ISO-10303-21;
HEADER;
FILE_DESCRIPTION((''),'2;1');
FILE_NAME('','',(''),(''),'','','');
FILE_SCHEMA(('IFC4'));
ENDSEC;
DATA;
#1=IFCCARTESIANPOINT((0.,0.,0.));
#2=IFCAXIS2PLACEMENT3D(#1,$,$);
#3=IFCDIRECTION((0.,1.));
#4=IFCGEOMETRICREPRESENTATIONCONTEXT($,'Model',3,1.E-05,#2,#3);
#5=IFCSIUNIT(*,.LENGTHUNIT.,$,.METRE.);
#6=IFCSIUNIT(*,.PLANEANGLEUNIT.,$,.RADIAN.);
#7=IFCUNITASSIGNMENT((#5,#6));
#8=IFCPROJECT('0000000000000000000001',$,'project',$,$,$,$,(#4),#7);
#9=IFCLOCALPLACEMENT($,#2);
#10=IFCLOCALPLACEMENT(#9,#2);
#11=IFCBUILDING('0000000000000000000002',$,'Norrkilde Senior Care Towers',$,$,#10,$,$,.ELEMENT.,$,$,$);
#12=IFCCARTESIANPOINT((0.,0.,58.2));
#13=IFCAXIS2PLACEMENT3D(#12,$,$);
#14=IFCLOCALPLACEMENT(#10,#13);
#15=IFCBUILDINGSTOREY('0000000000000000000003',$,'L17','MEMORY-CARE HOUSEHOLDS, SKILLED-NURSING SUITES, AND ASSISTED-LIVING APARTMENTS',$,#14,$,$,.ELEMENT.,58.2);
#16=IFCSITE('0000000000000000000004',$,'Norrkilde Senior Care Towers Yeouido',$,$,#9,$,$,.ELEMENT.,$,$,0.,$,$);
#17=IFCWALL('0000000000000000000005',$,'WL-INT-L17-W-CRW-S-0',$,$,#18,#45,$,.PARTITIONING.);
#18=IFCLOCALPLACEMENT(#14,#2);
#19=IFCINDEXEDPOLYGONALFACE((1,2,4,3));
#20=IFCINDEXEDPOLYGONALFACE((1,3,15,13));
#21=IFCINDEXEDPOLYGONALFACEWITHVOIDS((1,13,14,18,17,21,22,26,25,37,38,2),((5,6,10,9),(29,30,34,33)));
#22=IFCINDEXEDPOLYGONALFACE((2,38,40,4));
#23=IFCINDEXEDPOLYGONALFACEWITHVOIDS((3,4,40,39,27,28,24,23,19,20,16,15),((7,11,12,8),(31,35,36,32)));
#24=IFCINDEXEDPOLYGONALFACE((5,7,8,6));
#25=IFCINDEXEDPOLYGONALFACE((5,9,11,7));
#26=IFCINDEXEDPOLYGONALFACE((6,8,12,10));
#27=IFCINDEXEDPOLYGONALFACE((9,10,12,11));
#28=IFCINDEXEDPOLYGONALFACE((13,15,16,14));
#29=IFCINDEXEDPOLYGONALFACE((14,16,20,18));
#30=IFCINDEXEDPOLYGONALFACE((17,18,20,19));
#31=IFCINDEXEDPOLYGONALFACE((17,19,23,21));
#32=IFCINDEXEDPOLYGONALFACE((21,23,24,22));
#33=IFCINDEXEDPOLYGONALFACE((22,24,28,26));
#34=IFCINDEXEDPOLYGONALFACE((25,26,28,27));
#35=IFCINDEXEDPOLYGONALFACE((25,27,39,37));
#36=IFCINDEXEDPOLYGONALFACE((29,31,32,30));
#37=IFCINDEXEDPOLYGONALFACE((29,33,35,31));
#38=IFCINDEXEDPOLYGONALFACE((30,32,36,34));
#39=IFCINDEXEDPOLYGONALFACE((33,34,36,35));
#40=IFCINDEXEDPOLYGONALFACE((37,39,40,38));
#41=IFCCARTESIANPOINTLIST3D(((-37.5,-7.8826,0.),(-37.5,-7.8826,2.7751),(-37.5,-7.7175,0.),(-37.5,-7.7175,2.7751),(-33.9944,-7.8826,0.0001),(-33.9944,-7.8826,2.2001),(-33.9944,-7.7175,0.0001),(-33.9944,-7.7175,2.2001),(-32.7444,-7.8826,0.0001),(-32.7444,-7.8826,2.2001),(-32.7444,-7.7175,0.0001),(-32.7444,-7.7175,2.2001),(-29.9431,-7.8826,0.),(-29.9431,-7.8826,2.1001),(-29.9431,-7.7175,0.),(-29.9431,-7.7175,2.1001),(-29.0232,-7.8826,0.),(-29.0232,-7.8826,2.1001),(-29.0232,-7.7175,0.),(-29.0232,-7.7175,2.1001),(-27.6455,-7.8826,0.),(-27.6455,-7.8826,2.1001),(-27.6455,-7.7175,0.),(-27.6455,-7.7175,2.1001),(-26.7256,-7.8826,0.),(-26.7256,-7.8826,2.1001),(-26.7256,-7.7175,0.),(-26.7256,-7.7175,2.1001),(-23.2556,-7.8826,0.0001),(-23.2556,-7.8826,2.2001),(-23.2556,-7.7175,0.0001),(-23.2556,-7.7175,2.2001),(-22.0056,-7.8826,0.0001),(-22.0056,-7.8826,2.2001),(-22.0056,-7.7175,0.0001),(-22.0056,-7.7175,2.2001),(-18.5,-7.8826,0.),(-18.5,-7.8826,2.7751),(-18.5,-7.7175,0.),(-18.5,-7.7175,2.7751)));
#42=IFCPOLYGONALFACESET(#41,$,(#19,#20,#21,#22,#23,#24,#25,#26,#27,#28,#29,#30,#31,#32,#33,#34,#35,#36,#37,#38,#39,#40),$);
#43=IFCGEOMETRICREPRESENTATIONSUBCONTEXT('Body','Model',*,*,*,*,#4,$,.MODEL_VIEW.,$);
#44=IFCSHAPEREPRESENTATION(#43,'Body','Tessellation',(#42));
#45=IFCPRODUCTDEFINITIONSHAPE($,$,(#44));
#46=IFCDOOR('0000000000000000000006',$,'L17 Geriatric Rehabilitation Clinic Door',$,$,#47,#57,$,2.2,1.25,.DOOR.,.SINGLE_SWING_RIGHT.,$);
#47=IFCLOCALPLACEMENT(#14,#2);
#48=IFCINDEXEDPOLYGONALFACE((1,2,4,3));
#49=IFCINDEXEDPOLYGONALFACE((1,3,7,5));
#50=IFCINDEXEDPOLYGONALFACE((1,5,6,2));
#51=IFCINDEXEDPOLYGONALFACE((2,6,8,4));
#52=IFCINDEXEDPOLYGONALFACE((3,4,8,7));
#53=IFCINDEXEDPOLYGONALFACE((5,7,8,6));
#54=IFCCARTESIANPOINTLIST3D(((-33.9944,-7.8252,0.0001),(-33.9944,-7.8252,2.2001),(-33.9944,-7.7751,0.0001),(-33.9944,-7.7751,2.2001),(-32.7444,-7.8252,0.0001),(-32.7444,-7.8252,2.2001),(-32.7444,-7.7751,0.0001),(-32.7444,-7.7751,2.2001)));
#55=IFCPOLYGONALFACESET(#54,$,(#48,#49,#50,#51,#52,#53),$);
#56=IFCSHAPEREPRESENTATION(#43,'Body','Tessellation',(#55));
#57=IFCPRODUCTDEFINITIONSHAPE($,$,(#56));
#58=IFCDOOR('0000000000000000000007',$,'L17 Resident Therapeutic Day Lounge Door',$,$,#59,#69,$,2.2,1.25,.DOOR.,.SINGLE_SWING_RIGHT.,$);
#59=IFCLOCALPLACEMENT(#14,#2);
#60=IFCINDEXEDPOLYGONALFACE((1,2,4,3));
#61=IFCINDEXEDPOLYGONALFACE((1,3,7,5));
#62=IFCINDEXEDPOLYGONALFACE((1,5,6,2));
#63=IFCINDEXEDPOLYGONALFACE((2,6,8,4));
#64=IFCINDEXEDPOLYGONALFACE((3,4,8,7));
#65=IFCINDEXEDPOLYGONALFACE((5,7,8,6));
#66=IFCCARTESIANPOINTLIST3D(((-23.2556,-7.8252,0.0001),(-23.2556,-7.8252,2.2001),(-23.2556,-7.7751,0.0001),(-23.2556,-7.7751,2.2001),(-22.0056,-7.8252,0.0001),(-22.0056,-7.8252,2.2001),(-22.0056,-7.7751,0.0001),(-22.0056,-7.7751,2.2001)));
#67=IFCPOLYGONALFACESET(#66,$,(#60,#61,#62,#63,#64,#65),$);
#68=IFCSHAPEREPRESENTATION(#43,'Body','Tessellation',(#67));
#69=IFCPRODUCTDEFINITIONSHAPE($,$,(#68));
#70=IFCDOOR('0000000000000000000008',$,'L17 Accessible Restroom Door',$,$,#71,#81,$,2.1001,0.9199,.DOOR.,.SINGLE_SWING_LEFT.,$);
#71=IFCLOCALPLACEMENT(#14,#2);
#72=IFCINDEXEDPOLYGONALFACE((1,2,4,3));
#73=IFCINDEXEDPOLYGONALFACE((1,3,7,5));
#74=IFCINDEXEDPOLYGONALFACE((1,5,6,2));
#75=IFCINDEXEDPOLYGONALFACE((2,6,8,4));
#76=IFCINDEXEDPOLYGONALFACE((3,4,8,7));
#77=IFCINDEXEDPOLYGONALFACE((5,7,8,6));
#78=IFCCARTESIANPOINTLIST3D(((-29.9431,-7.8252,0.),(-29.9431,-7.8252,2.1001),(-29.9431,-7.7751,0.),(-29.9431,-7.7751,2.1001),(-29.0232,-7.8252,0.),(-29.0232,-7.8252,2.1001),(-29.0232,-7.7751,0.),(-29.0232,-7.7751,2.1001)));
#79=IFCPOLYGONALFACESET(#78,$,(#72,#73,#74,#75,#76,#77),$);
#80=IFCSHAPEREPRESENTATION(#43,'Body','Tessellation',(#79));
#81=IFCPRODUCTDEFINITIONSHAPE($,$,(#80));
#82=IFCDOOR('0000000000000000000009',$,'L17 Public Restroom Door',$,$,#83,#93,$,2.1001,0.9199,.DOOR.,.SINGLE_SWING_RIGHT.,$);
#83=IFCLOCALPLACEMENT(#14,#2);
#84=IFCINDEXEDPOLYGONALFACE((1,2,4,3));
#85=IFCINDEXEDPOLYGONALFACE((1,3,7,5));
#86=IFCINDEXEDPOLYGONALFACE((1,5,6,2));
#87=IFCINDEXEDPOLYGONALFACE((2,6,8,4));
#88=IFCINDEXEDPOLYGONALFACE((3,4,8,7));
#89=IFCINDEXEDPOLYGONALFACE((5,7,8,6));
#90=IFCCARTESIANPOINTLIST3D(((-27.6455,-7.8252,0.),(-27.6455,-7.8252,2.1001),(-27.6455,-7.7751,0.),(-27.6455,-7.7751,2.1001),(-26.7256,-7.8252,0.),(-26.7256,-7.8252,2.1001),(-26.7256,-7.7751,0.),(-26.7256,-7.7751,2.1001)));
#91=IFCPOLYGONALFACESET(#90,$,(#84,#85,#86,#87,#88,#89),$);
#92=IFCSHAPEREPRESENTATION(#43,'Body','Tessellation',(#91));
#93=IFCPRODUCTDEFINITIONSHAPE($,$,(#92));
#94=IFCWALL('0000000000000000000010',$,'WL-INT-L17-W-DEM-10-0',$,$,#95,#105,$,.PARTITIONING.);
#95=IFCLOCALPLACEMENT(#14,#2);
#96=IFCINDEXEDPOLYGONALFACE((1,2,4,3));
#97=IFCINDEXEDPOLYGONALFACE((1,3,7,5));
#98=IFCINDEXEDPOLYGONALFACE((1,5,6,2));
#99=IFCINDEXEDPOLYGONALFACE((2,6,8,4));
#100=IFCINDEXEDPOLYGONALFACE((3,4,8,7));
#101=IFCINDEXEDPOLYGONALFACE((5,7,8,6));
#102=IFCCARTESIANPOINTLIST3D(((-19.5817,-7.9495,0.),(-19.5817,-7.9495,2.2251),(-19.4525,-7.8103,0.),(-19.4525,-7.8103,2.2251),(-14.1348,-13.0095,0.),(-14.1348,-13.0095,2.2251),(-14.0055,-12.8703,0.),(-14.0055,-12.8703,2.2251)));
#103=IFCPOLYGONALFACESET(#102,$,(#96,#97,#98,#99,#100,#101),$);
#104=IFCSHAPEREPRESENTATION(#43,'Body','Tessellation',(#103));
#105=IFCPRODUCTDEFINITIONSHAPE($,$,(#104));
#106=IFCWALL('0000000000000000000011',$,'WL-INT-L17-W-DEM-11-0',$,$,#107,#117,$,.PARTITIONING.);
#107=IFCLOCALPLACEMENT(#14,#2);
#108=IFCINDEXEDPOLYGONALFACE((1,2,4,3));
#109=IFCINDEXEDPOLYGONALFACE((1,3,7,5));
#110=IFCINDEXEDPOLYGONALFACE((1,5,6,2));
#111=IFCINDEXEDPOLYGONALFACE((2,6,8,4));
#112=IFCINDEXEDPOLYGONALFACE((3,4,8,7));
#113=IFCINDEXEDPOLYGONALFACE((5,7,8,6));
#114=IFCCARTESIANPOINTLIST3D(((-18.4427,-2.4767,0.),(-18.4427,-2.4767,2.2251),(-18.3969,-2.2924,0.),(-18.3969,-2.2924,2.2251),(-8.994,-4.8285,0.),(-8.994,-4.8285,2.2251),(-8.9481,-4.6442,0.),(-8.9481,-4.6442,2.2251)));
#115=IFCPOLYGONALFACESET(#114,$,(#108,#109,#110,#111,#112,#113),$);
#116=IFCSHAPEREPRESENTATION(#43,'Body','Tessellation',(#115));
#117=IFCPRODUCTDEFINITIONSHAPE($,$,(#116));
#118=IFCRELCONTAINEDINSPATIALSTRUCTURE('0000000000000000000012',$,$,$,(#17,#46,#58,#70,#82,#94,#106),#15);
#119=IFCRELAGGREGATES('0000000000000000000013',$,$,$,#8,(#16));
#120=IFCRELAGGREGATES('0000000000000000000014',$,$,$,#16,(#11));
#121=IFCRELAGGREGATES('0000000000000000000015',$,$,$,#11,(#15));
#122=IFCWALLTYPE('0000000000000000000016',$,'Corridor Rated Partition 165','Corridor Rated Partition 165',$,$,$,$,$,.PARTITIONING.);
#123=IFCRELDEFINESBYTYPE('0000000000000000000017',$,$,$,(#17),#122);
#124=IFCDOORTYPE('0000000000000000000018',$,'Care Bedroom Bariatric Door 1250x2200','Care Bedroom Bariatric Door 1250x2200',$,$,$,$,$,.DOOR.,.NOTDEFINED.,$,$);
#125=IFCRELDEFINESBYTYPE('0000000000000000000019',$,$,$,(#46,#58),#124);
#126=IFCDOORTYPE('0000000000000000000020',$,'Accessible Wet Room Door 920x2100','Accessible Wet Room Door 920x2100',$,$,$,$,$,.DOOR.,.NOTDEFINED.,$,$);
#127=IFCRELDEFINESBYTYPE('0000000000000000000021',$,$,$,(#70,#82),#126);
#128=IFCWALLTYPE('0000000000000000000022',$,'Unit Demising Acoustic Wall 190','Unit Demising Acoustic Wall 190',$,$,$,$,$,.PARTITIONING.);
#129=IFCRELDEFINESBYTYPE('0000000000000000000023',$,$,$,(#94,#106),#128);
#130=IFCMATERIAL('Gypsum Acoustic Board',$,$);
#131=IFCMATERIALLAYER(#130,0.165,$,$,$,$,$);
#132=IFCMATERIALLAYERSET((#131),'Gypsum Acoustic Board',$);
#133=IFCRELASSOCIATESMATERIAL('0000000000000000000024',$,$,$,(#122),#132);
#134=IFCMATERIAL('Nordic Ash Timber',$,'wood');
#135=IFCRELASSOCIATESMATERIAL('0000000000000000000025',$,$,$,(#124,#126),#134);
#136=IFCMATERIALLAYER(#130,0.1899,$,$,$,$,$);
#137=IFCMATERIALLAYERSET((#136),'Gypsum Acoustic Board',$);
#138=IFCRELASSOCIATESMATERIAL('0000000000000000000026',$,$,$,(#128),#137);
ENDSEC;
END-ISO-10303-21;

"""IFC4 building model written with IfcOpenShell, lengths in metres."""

from ifc_helpers import new_model, si_unit, direction, frame, frame_2d, origin, place, context, subcontext, project, spatial, rectangle, extrude, source, transform, mapped, material, layer, layer_set, type_object, type_shapes, element, fill, save


model = new_model("IFC4")

# Units and contexts
model_context = context("Model", 3, precision=1e-05, world=origin(), true_north=direction((0.0, 1.0)))
body_context = subcontext(model_context, "Body", "Model", "MODEL_VIEW")
ifc_project = project(units=[si_unit("LENGTHUNIT", "METRE"), si_unit("PLANEANGLEUNIT", "RADIAN")], contexts=[model_context])

# Site, building, storey
site_placement = place(None, origin())
site = spatial("IfcSite", under=ifc_project, at=site_placement, Name="Norrkilde Senior Care Towers Yeouido", CompositionType="ELEMENT", RefElevation=0.0)
building_placement = place(site_placement, origin())
building = spatial("IfcBuilding", under=site, at=building_placement, Name="Norrkilde Senior Care Towers", CompositionType="ELEMENT")
storey_placement = place(building_placement, frame((0.0, 0.0, 58.2)))
storey = spatial("IfcBuildingStorey", under=building, at=storey_placement, Name="L17", Description="MEMORY-CARE HOUSEHOLDS, SKILLED-NURSING SUITES, AND ASSISTED-LIVING APARTMENTS", CompositionType="ELEMENT", Elevation=58.2)

# Wall, openings, doors
ifc_material_1 = material(Name="Gypsum Acoustic Board")
ifc_layer_1 = layer(ifc_material_1, 0.165)
ifc_layer_set_1 = layer_set([ifc_layer_1], Name="Gypsum Acoustic Board")
wall_type_1 = type_object("IfcWallType", Name="Corridor Rated Partition 165", Description="Corridor Rated Partition 165", PredefinedType="PARTITIONING", material=ifc_layer_set_1)
shared_shape_1 = source(origin(), body_context, "Body", "SweptSolid", [
    extrude(rectangle(XDim=19.0, YDim=0.165, at=frame_2d((9.5, 0.0))), origin(), (0.0, 0.0, 1.0), 2.7751),
])
type_shapes(wall_type_1, [shared_shape_1])
wall_1_placement = place(storey_placement, frame((-18.5, -7.8, 0.0), z_axis=(0.0, 0.0, 1.0), x_axis=(-1.0, 0.0, 0.0)))
wall_1 = element("IfcWall", 1, at=wall_1_placement, inside=storey, type_object=wall_type_1, Name="WL-INT-L17-W-CRW-S-0", PredefinedType="PARTITIONING", context=body_context, shape_type="MappedRepresentation", body=[
    mapped(shared_shape_1, transform((0.0, 0.0, 0.0), x_axis=(1.0, 0.0, 0.0), y_axis=(0.0, 1.0, 0.0), z_axis=(0.0, 0.0, 1.0), scale=1.0)),
])
opening_1_placement = place(wall_1_placement, frame((14.2444, 0.0, 0.0)))
opening_1 = element("IfcOpeningElement", 2, at=opening_1_placement, cuts=wall_1, PredefinedType="OPENING", context=body_context, shape_type="SweptSolid", body=[
    extrude(rectangle(XDim=1.25, YDim=2.2, at=frame_2d((0.625, 1.1001))), frame((0.0, 0.0925, 0.0), z_axis=(0.0, -1.0, 0.0), x_axis=(1.0, 0.0, 0.0)), (0.0, 0.0, 1.0), 0.1851),
])
opening_2_placement = place(wall_1_placement, frame((10.5232, 0.0, 0.0)))
opening_2 = element("IfcOpeningElement", 3, at=opening_2_placement, cuts=wall_1, PredefinedType="OPENING", context=body_context, shape_type="SweptSolid", body=[
    extrude(rectangle(XDim=0.9199, YDim=2.1001, at=frame_2d((0.46, 1.05))), frame((0.0, 0.0925, 0.0), z_axis=(0.0, -1.0, 0.0), x_axis=(1.0, 0.0, 0.0)), (0.0, 0.0, 1.0), 0.1851),
])
opening_3_placement = place(wall_1_placement, frame((8.2256, 0.0, 0.0)))
opening_3 = element("IfcOpeningElement", 4, at=opening_3_placement, cuts=wall_1, PredefinedType="OPENING", context=body_context, shape_type="SweptSolid", body=[
    extrude(rectangle(XDim=0.9199, YDim=2.1001, at=frame_2d((0.46, 1.05))), frame((0.0, 0.0925, 0.0), z_axis=(0.0, -1.0, 0.0), x_axis=(1.0, 0.0, 0.0)), (0.0, 0.0, 1.0), 0.1851),
])
opening_4_placement = place(wall_1_placement, frame((3.5056, 0.0, 0.0)))
opening_4 = element("IfcOpeningElement", 5, at=opening_4_placement, cuts=wall_1, PredefinedType="OPENING", context=body_context, shape_type="SweptSolid", body=[
    extrude(rectangle(XDim=1.25, YDim=2.2, at=frame_2d((0.625, 1.1001))), frame((0.0, 0.0925, 0.0), z_axis=(0.0, -1.0, 0.0), x_axis=(1.0, 0.0, 0.0)), (0.0, 0.0, 1.0), 0.1851),
])
ifc_material_2 = material(Name="Nordic Ash Timber", Category="wood")
door_type_1 = type_object("IfcDoorType", Name="Care Bedroom Bariatric Door 1250x2200", Description="Care Bedroom Bariatric Door 1250x2200", OperationType="NOTDEFINED", PredefinedType="DOOR", material=ifc_material_2)
shared_shape_2 = source(origin(), body_context, "Body", "SweptSolid", [
    extrude(rectangle(XDim=1.25, YDim=2.2, at=frame_2d((0.625, 1.1001))), frame((0.0, 0.0249, 0.0), z_axis=(0.0, -1.0, 0.0), x_axis=(1.0, 0.0, 0.0)), (0.0, 0.0, 1.0), 0.05),
])
type_shapes(door_type_1, [shared_shape_2])
door_1_placement = place(opening_1_placement, frame((1.25, 0.0, 0.0), z_axis=(0.0, 0.0, 1.0), x_axis=(-1.0, 0.0, 0.0)))
door_1 = element("IfcDoor", 6, at=door_1_placement, inside=storey, type_object=door_type_1, Name="L17 Geriatric Rehabilitation Clinic Door", OperationType="SINGLE_SWING_RIGHT", OverallHeight=2.2, OverallWidth=1.25, PredefinedType="DOOR", context=body_context, shape_type="MappedRepresentation", body=[
    mapped(shared_shape_2, transform((0.0, 0.0, 0.0), x_axis=(1.0, 0.0, 0.0), y_axis=(0.0, 1.0, 0.0), z_axis=(0.0, 0.0, 1.0), scale=1.0)),
])
fill(opening_1, door_1)
door_2_placement = place(opening_4_placement, frame((1.25, 0.0, 0.0), z_axis=(0.0, 0.0, 1.0), x_axis=(-1.0, 0.0, 0.0)))
door_2 = element("IfcDoor", 7, at=door_2_placement, inside=storey, type_object=door_type_1, Name="L17 Resident Therapeutic Day Lounge Door", OperationType="SINGLE_SWING_RIGHT", OverallHeight=2.2, OverallWidth=1.25, PredefinedType="DOOR", context=body_context, shape_type="MappedRepresentation", body=[
    mapped(shared_shape_2, transform((0.0, 0.0, 0.0), x_axis=(1.0, 0.0, 0.0), y_axis=(0.0, 1.0, 0.0), z_axis=(0.0, 0.0, 1.0), scale=1.0)),
])
fill(opening_4, door_2)
door_type_2 = type_object("IfcDoorType", Name="Accessible Wet Room Door 920x2100", Description="Accessible Wet Room Door 920x2100", OperationType="NOTDEFINED", PredefinedType="DOOR", material=ifc_material_2)
shared_shape_3 = source(origin(), body_context, "Body", "SweptSolid", [
    extrude(rectangle(XDim=0.9199, YDim=2.1001, at=frame_2d((0.46, 1.05))), frame((0.0, 0.0249, 0.0), z_axis=(0.0, -1.0, 0.0), x_axis=(1.0, 0.0, 0.0)), (0.0, 0.0, 1.0), 0.05),
])
type_shapes(door_type_2, [shared_shape_3])
door_3_placement = place(opening_2_placement, frame((0.9199, 0.0, 0.0), z_axis=(0.0, 0.0, 1.0), x_axis=(-1.0, 0.0, 0.0)))
door_3 = element("IfcDoor", 8, at=door_3_placement, inside=storey, type_object=door_type_2, Name="L17 Accessible Restroom Door", OperationType="SINGLE_SWING_LEFT", OverallHeight=2.1001, OverallWidth=0.9199, PredefinedType="DOOR", context=body_context, shape_type="MappedRepresentation", body=[
    mapped(shared_shape_3, transform((0.0, 0.0, 0.0), x_axis=(1.0, 0.0, 0.0), y_axis=(0.0, 1.0, 0.0), z_axis=(0.0, 0.0, 1.0), scale=1.0)),
])
fill(opening_2, door_3)
door_4_placement = place(opening_3_placement, frame((0.9199, 0.0, 0.0), z_axis=(0.0, 0.0, 1.0), x_axis=(-1.0, 0.0, 0.0)))
door_4 = element("IfcDoor", 9, at=door_4_placement, inside=storey, type_object=door_type_2, Name="L17 Public Restroom Door", OperationType="SINGLE_SWING_RIGHT", OverallHeight=2.1001, OverallWidth=0.9199, PredefinedType="DOOR", context=body_context, shape_type="MappedRepresentation", body=[
    mapped(shared_shape_3, transform((0.0, 0.0, 0.0), x_axis=(1.0, 0.0, 0.0), y_axis=(0.0, 1.0, 0.0), z_axis=(0.0, 0.0, 1.0), scale=1.0)),
])
fill(opening_3, door_4)

# Walls
ifc_layer_2 = layer(ifc_material_1, 0.1899)
ifc_layer_set_2 = layer_set([ifc_layer_2], Name="Gypsum Acoustic Board")
wall_type_2 = type_object("IfcWallType", Name="Unit Demising Acoustic Wall 190", Description="Unit Demising Acoustic Wall 190", PredefinedType="PARTITIONING", material=ifc_layer_set_2)
shared_shape_4 = source(origin(), body_context, "Body", "SweptSolid", [
    extrude(rectangle(XDim=7.4346, YDim=0.1899, at=frame_2d((3.7173, 0.0))), origin(), (0.0, 0.0, 1.0), 2.2251),
])
wall_2_placement = place(storey_placement, frame((-19.5171, -7.8799, 0.0), z_axis=(0.0, 0.0, 1.0), x_axis=(0.732652, -0.680603, 0.0)))
element("IfcWall", 10, at=wall_2_placement, inside=storey, type_object=wall_type_2, Name="WL-INT-L17-W-DEM-10-0", PredefinedType="PARTITIONING", context=body_context, shape_type="MappedRepresentation", body=[
    mapped(shared_shape_4, transform((0.0, 0.0, 0.0), x_axis=(1.0, 0.0, 0.0), y_axis=(0.0, 1.0, 0.0), z_axis=(0.0, 0.0, 1.0), scale=1.0)),
])
shared_shape_5 = source(origin(), body_context, "Body", "SweptSolid", [
    extrude(rectangle(XDim=9.7371, YDim=0.1899, at=frame_2d((4.8687, 0.0))), origin(), (0.0, 0.0, 1.0), 2.2251),
])
type_shapes(wall_type_2, [shared_shape_4, shared_shape_5])
wall_3_placement = place(storey_placement, frame((-18.4199, -2.3845, 0.0), z_axis=(0.0, 0.0, 1.0), x_axis=(0.970393, -0.241533, 0.0)))
element("IfcWall", 11, at=wall_3_placement, inside=storey, type_object=wall_type_2, Name="WL-INT-L17-W-DEM-11-0", PredefinedType="PARTITIONING", context=body_context, shape_type="MappedRepresentation", body=[
    mapped(shared_shape_5, transform((0.0, 0.0, 0.0), x_axis=(1.0, 0.0, 0.0), y_axis=(0.0, 1.0, 0.0), z_axis=(0.0, 0.0, 1.0), scale=1.0)),
])

save(model, "model.ifc")
